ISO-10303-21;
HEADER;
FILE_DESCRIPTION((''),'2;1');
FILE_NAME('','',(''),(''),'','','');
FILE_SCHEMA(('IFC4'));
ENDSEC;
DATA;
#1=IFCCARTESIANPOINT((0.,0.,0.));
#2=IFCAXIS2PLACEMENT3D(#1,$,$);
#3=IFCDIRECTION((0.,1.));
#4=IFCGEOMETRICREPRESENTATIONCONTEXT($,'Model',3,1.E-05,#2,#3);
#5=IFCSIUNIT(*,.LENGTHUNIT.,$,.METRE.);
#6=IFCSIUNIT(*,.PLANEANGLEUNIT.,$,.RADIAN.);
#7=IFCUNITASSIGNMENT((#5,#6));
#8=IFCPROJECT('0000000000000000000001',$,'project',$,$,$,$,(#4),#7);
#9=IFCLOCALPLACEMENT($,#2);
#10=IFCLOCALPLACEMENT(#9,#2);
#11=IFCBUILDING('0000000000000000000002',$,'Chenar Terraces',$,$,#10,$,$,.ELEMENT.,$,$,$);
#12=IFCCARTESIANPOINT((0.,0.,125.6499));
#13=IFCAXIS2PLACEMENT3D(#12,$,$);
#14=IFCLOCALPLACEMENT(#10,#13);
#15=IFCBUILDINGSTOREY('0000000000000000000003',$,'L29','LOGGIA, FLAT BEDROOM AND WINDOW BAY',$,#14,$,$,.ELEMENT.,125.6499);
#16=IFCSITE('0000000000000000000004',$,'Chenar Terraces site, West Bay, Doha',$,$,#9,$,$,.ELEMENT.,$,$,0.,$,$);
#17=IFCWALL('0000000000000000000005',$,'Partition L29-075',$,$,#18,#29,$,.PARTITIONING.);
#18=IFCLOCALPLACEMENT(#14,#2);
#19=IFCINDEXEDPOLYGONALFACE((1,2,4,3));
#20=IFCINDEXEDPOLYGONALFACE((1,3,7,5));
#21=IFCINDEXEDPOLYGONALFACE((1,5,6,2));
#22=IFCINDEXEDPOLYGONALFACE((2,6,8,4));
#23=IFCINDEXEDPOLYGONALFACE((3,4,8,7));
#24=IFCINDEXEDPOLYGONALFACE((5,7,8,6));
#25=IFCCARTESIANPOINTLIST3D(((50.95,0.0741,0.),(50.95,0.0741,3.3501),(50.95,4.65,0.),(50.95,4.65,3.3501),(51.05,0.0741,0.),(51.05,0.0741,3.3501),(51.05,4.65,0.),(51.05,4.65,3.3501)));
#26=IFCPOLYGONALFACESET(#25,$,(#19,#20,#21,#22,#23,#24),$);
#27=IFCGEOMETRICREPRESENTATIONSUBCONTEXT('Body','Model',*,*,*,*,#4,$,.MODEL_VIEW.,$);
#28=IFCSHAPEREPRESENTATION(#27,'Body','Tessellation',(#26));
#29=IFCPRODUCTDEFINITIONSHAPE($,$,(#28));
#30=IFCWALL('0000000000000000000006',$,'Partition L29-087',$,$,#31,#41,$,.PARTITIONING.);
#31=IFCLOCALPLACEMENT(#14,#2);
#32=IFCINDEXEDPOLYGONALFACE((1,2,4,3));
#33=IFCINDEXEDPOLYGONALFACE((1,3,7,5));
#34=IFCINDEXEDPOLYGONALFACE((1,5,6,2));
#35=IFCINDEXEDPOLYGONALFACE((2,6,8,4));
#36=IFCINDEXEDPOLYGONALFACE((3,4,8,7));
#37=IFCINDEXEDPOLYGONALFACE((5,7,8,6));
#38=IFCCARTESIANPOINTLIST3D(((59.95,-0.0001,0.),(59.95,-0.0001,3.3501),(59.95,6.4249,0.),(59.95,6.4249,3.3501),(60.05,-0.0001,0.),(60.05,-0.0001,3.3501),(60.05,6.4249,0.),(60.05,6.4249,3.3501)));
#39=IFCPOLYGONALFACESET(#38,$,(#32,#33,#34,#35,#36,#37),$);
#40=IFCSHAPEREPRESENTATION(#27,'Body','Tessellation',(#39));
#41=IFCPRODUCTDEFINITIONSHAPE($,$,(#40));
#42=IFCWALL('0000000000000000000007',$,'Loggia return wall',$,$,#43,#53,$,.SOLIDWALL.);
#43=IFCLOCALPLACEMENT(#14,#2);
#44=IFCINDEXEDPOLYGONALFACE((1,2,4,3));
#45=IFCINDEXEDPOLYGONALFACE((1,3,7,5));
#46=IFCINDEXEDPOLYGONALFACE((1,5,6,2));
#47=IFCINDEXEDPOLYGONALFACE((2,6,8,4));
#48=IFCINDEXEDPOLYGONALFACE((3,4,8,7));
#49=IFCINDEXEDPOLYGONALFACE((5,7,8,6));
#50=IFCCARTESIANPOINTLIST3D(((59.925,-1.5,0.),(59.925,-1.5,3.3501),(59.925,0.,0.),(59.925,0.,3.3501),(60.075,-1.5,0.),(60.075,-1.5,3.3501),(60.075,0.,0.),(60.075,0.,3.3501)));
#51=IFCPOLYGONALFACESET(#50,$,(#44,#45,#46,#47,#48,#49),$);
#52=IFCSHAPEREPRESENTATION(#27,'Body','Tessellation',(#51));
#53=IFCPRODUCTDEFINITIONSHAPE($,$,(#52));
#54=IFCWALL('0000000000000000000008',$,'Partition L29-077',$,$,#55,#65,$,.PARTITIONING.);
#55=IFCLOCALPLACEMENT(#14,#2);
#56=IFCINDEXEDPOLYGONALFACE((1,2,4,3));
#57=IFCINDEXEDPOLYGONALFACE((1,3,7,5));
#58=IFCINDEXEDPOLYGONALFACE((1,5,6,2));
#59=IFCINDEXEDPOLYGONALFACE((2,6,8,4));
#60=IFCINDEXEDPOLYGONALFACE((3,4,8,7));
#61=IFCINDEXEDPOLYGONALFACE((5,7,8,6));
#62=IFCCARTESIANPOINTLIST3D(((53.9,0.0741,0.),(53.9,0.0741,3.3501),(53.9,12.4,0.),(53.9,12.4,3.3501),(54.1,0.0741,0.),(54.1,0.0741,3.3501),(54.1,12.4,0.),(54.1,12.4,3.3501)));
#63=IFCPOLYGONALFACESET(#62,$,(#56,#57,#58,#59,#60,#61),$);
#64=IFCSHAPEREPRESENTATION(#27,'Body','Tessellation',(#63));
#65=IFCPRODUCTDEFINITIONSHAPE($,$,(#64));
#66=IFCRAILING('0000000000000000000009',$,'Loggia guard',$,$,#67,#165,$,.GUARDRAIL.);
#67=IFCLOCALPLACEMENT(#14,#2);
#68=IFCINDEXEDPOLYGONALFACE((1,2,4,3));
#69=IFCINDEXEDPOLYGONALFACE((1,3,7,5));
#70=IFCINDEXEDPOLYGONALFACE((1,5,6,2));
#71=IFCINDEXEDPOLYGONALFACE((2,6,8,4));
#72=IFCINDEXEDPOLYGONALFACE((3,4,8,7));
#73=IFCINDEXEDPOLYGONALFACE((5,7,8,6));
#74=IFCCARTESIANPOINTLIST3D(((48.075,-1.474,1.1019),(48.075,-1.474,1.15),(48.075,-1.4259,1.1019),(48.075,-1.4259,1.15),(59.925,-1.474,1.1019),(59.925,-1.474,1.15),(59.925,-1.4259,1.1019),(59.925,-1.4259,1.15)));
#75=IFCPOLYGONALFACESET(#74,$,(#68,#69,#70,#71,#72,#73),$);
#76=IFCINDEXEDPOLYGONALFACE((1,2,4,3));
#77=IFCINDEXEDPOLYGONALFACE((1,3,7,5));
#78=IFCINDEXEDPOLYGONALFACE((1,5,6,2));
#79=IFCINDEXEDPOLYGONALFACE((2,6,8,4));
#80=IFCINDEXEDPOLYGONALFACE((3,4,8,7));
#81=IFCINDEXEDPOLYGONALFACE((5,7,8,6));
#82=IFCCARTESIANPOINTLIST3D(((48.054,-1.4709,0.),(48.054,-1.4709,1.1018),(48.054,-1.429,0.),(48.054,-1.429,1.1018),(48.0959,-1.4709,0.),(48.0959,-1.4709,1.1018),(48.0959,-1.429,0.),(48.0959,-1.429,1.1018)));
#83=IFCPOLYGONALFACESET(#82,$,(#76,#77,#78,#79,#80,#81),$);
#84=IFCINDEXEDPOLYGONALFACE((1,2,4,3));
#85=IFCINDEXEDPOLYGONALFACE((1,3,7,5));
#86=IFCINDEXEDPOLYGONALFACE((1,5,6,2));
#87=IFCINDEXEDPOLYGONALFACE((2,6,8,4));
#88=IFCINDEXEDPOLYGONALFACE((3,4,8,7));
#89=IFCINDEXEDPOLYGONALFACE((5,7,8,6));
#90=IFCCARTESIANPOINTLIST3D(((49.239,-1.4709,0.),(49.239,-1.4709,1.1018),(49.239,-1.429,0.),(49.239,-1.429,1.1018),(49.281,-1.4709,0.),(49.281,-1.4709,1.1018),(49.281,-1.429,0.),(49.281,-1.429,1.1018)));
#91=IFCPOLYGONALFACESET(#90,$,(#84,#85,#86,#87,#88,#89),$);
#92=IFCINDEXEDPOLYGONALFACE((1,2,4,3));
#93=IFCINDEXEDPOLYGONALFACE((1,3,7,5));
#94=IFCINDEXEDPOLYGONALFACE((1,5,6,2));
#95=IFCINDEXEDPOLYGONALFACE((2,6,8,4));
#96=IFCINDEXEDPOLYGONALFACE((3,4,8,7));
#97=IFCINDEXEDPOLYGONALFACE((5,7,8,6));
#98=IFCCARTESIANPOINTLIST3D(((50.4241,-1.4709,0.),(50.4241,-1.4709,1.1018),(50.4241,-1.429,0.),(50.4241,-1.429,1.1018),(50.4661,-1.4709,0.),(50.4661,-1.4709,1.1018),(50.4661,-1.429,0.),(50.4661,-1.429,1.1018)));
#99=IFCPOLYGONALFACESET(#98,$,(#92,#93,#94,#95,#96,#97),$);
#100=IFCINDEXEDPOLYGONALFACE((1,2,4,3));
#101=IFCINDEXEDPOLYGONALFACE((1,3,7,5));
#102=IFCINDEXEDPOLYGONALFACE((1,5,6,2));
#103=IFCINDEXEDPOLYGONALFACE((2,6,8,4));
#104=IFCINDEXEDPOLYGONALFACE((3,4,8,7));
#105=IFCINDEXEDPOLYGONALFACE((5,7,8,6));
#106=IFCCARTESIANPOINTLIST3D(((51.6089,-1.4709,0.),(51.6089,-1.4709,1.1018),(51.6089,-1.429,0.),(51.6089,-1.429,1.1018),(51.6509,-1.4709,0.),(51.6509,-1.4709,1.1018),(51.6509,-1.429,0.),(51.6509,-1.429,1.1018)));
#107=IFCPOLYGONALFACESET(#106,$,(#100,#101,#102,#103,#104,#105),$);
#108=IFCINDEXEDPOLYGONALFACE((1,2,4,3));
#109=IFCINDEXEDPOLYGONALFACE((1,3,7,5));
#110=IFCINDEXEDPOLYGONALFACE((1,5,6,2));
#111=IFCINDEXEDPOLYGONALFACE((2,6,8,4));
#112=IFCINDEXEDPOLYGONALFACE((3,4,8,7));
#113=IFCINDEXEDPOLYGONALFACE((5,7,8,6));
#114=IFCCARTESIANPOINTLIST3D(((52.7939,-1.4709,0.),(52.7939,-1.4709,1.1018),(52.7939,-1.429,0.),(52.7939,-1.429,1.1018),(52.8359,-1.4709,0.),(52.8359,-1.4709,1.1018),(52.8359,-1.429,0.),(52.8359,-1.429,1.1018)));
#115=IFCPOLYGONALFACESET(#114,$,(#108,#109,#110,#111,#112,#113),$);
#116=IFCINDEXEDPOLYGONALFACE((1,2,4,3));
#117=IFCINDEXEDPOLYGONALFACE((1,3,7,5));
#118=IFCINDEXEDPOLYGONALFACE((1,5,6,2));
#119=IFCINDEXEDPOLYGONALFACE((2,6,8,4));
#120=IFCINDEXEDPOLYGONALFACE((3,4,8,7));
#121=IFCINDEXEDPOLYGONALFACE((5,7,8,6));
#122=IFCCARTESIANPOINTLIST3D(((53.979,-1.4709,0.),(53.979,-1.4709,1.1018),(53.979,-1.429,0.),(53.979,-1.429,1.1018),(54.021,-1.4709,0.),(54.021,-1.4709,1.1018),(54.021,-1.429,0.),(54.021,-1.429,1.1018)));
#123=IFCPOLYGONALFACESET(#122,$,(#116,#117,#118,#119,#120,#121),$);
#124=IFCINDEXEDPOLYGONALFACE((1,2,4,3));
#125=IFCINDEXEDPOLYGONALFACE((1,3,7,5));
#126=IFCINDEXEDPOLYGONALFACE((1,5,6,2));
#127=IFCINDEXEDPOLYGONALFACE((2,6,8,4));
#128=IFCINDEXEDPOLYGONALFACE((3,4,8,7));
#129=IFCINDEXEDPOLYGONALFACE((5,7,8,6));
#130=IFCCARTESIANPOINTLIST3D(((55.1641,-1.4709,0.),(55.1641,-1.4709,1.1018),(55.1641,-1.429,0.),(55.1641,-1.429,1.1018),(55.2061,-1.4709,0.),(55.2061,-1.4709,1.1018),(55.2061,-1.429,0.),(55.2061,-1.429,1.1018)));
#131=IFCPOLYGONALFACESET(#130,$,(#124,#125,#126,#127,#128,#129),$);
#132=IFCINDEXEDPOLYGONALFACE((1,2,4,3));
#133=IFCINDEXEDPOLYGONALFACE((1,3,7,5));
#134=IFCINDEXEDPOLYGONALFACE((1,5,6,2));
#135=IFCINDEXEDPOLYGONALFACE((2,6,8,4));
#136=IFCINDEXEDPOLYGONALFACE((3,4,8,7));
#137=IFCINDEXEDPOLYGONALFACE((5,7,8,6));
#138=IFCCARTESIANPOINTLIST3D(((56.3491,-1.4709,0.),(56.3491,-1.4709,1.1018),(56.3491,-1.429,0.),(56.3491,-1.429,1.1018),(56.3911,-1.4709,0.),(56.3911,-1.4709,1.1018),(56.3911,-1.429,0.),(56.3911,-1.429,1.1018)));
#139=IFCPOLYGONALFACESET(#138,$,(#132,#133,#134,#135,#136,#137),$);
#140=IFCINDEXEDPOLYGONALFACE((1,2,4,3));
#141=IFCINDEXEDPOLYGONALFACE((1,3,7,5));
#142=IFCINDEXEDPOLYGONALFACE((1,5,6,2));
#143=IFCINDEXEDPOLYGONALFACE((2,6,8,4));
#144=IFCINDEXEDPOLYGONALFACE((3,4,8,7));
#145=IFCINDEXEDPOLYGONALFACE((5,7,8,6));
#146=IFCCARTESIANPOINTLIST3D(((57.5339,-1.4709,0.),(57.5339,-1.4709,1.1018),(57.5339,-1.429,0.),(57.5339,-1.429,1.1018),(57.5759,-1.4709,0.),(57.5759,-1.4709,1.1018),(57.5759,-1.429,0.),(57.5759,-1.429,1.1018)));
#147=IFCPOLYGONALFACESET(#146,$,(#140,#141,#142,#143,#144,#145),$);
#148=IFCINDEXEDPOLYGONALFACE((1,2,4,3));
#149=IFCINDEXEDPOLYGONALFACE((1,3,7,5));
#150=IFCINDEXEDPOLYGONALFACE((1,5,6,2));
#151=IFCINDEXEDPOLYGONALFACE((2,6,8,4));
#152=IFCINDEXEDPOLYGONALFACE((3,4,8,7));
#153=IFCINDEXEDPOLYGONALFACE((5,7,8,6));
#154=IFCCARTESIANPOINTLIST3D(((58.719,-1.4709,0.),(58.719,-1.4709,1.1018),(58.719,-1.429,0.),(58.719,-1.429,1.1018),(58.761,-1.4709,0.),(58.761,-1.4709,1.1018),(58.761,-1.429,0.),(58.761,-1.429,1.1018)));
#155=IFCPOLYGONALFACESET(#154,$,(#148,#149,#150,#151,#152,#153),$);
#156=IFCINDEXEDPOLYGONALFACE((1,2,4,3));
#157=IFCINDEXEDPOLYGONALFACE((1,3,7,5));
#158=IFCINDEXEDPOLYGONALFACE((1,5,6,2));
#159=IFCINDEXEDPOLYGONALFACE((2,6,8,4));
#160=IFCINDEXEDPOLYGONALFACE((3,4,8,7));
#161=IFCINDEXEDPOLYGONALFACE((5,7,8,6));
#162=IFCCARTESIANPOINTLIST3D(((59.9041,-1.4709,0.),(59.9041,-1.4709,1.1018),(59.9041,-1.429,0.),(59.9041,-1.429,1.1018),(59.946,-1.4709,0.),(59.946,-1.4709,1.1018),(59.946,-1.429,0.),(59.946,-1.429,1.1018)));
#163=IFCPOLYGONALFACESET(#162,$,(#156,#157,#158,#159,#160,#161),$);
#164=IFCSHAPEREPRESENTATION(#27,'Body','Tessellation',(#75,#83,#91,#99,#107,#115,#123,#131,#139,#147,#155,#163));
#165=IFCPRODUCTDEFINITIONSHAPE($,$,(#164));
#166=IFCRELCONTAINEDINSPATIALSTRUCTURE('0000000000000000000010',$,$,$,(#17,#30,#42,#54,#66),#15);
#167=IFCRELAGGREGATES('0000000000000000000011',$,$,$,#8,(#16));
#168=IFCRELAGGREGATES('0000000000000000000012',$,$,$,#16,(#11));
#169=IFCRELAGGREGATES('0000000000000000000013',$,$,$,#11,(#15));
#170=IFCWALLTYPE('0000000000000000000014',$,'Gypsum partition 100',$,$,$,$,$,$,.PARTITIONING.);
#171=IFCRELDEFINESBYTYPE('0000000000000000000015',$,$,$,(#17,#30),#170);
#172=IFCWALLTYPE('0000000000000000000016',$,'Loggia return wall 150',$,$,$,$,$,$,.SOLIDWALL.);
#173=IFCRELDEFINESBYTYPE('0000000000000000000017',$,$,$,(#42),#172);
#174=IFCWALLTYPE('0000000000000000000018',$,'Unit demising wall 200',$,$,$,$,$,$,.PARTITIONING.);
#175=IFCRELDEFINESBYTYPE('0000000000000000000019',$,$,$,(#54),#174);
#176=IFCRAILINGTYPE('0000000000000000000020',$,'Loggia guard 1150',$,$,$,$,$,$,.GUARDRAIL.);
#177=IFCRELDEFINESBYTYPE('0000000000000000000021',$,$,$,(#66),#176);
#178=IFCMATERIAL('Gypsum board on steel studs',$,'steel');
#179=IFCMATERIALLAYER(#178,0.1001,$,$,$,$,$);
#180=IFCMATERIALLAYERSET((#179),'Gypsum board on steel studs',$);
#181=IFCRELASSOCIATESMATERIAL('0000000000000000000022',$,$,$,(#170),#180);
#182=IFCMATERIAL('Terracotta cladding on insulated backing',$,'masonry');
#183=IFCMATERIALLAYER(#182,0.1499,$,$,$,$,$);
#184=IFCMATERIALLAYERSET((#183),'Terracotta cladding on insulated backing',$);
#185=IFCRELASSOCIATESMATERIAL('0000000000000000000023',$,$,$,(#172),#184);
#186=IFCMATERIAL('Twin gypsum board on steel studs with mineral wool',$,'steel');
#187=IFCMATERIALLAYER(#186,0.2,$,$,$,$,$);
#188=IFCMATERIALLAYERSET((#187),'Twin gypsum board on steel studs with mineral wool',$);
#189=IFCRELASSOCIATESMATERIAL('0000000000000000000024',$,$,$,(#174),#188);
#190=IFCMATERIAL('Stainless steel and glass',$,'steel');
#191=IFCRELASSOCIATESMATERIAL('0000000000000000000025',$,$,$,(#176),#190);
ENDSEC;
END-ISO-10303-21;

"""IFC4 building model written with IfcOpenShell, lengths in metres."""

from ifc_helpers import new_model, si_unit, direction, frame, frame_2d, origin, origin_2d, place, context, subcontext, project, spatial, rectangle, extrude, material, layer, layer_set, type_object, element, save


model = new_model("IFC4")

# Units and contexts
model_context = context("Model", 3, precision=1e-05, world=origin(), true_north=direction((0.0, 1.0)))
body_context = subcontext(model_context, "Body", "Model", "MODEL_VIEW")
ifc_project = project(units=[si_unit("LENGTHUNIT", "METRE"), si_unit("PLANEANGLEUNIT", "RADIAN")], contexts=[model_context])

# Site, building, storey
site_placement = place(None, origin())
site = spatial("IfcSite", under=ifc_project, at=site_placement, Name="Chenar Terraces site, West Bay, Doha", CompositionType="ELEMENT", RefElevation=0.0)
building_placement = place(site_placement, origin())
building = spatial("IfcBuilding", under=site, at=building_placement, Name="Chenar Terraces", CompositionType="ELEMENT")
storey_placement = place(building_placement, frame((0.0, 0.0, 125.6499)))
storey = spatial("IfcBuildingStorey", under=building, at=storey_placement, Name="L29", Description="LOGGIA, FLAT BEDROOM AND WINDOW BAY", CompositionType="ELEMENT", Elevation=125.6499)

# Walls
ifc_material_1 = material(Name="Gypsum board on steel studs", Category="steel")
ifc_layer_1 = layer(ifc_material_1, 0.1001)
ifc_layer_set_1 = layer_set([ifc_layer_1], Name="Gypsum board on steel studs")
wall_type_1 = type_object("IfcWallType", Name="Gypsum partition 100", PredefinedType="PARTITIONING", material=ifc_layer_set_1)
wall_1_placement = place(storey_placement, frame((51.0, 0.074, 0.0), z_axis=(0.0, 0.0, 1.0), x_axis=(0.0, 1.0, 0.0)))
element("IfcWall", 1, at=wall_1_placement, inside=storey, type_object=wall_type_1, Name="Partition L29-075", PredefinedType="PARTITIONING", context=body_context, shape_type="SweptSolid", body=[
    extrude(rectangle(XDim=4.5759, YDim=0.1001, at=frame_2d((2.2881, 0.0))), origin(), (0.0, 0.0, 1.0), 3.3501),
])
wall_2_placement = place(storey_placement, frame((60.0, 0.0, 0.0), z_axis=(0.0, 0.0, 1.0), x_axis=(0.0, 1.0, 0.0)))
element("IfcWall", 2, at=wall_2_placement, inside=storey, type_object=wall_type_1, Name="Partition L29-087", PredefinedType="PARTITIONING", context=body_context, shape_type="SweptSolid", body=[
    extrude(rectangle(XDim=6.425, YDim=0.1001, at=frame_2d((3.2124, 0.0))), origin(), (0.0, 0.0, 1.0), 3.3501),
])
ifc_material_2 = material(Name="Terracotta cladding on insulated backing", Category="masonry")
ifc_layer_2 = layer(ifc_material_2, 0.1499)
ifc_layer_set_2 = layer_set([ifc_layer_2], Name="Terracotta cladding on insulated backing")
wall_type_2 = type_object("IfcWallType", Name="Loggia return wall 150", PredefinedType="SOLIDWALL", material=ifc_layer_set_2)
wall_3_placement = place(storey_placement, frame((60.0, -1.5, 0.0), z_axis=(0.0, 0.0, 1.0), x_axis=(0.0, 1.0, 0.0)))
element("IfcWall", 3, at=wall_3_placement, inside=storey, type_object=wall_type_2, Name="Loggia return wall", PredefinedType="SOLIDWALL", context=body_context, shape_type="SweptSolid", body=[
    extrude(rectangle(XDim=1.5, YDim=0.1499, at=frame_2d((0.75, 0.0))), origin(), (0.0, 0.0, 1.0), 3.3501),
])
ifc_material_3 = material(Name="Twin gypsum board on steel studs with mineral wool", Category="steel")
ifc_layer_3 = layer(ifc_material_3, 0.2)
ifc_layer_set_3 = layer_set([ifc_layer_3], Name="Twin gypsum board on steel studs with mineral wool")
wall_type_3 = type_object("IfcWallType", Name="Unit demising wall 200", PredefinedType="PARTITIONING", material=ifc_layer_set_3)
wall_4_placement = place(storey_placement, frame((54.0, 0.074, 0.0), z_axis=(0.0, 0.0, 1.0), x_axis=(0.0, 1.0, 0.0)))
element("IfcWall", 4, at=wall_4_placement, inside=storey, type_object=wall_type_3, Name="Partition L29-077", PredefinedType="PARTITIONING", context=body_context, shape_type="SweptSolid", body=[
    extrude(rectangle(XDim=12.3259, YDim=0.2, at=frame_2d((6.1631, 0.0))), origin(), (0.0, 0.0, 1.0), 3.3501),
])

# Railing
ifc_material_4 = material(Name="Stainless steel and glass", Category="steel")
railing_type = type_object("IfcRailingType", Name="Loggia guard 1150", PredefinedType="GUARDRAIL", material=ifc_material_4)
railing_placement = place(storey_placement, frame((48.075, -1.45, 0.0)))
element("IfcRailing", 5, at=railing_placement, inside=storey, type_object=railing_type, Name="Loggia guard", PredefinedType="GUARDRAIL", context=body_context, shape_type="SweptSolid", body=[
    extrude(rectangle(XDim=0.0481, YDim=0.0481, at=origin_2d()), frame((0.0, 0.0, 1.126), z_axis=(1.0, 0.0, 0.0), x_axis=(0.0, 1.0, 0.0)), (0.0, 0.0, 1.0), 11.8501),
    extrude(rectangle(XDim=0.042, YDim=0.042, at=origin_2d()), origin(), (0.0, 0.0, 1.0), 1.1018),
    extrude(rectangle(XDim=0.042, YDim=0.042, at=origin_2d()), frame((1.1851, 0.0, 0.0)), (0.0, 0.0, 1.0), 1.1018),
    extrude(rectangle(XDim=0.042, YDim=0.042, at=origin_2d()), frame((2.3701, 0.0, 0.0)), (0.0, 0.0, 1.0), 1.1018),
    extrude(rectangle(XDim=0.042, YDim=0.042, at=origin_2d()), frame((3.5549, 0.0, 0.0)), (0.0, 0.0, 1.0), 1.1018),
    extrude(rectangle(XDim=0.042, YDim=0.042, at=origin_2d()), frame((4.74, 0.0, 0.0)), (0.0, 0.0, 1.0), 1.1018),
    extrude(rectangle(XDim=0.042, YDim=0.042, at=origin_2d()), frame((5.925, 0.0, 0.0)), (0.0, 0.0, 1.0), 1.1018),
    extrude(rectangle(XDim=0.042, YDim=0.042, at=origin_2d()), frame((7.1101, 0.0, 0.0)), (0.0, 0.0, 1.0), 1.1018),
    extrude(rectangle(XDim=0.042, YDim=0.042, at=origin_2d()), frame((8.2952, 0.0, 0.0)), (0.0, 0.0, 1.0), 1.1018),
    extrude(rectangle(XDim=0.042, YDim=0.042, at=origin_2d()), frame((9.48, 0.0, 0.0)), (0.0, 0.0, 1.0), 1.1018),
    extrude(rectangle(XDim=0.042, YDim=0.042, at=origin_2d()), frame((10.665, 0.0, 0.0)), (0.0, 0.0, 1.0), 1.1018),
    extrude(rectangle(XDim=0.042, YDim=0.042, at=origin_2d()), frame((11.8501, 0.0, 0.0)), (0.0, 0.0, 1.0), 1.1018),
])

save(model, "model.ifc")
